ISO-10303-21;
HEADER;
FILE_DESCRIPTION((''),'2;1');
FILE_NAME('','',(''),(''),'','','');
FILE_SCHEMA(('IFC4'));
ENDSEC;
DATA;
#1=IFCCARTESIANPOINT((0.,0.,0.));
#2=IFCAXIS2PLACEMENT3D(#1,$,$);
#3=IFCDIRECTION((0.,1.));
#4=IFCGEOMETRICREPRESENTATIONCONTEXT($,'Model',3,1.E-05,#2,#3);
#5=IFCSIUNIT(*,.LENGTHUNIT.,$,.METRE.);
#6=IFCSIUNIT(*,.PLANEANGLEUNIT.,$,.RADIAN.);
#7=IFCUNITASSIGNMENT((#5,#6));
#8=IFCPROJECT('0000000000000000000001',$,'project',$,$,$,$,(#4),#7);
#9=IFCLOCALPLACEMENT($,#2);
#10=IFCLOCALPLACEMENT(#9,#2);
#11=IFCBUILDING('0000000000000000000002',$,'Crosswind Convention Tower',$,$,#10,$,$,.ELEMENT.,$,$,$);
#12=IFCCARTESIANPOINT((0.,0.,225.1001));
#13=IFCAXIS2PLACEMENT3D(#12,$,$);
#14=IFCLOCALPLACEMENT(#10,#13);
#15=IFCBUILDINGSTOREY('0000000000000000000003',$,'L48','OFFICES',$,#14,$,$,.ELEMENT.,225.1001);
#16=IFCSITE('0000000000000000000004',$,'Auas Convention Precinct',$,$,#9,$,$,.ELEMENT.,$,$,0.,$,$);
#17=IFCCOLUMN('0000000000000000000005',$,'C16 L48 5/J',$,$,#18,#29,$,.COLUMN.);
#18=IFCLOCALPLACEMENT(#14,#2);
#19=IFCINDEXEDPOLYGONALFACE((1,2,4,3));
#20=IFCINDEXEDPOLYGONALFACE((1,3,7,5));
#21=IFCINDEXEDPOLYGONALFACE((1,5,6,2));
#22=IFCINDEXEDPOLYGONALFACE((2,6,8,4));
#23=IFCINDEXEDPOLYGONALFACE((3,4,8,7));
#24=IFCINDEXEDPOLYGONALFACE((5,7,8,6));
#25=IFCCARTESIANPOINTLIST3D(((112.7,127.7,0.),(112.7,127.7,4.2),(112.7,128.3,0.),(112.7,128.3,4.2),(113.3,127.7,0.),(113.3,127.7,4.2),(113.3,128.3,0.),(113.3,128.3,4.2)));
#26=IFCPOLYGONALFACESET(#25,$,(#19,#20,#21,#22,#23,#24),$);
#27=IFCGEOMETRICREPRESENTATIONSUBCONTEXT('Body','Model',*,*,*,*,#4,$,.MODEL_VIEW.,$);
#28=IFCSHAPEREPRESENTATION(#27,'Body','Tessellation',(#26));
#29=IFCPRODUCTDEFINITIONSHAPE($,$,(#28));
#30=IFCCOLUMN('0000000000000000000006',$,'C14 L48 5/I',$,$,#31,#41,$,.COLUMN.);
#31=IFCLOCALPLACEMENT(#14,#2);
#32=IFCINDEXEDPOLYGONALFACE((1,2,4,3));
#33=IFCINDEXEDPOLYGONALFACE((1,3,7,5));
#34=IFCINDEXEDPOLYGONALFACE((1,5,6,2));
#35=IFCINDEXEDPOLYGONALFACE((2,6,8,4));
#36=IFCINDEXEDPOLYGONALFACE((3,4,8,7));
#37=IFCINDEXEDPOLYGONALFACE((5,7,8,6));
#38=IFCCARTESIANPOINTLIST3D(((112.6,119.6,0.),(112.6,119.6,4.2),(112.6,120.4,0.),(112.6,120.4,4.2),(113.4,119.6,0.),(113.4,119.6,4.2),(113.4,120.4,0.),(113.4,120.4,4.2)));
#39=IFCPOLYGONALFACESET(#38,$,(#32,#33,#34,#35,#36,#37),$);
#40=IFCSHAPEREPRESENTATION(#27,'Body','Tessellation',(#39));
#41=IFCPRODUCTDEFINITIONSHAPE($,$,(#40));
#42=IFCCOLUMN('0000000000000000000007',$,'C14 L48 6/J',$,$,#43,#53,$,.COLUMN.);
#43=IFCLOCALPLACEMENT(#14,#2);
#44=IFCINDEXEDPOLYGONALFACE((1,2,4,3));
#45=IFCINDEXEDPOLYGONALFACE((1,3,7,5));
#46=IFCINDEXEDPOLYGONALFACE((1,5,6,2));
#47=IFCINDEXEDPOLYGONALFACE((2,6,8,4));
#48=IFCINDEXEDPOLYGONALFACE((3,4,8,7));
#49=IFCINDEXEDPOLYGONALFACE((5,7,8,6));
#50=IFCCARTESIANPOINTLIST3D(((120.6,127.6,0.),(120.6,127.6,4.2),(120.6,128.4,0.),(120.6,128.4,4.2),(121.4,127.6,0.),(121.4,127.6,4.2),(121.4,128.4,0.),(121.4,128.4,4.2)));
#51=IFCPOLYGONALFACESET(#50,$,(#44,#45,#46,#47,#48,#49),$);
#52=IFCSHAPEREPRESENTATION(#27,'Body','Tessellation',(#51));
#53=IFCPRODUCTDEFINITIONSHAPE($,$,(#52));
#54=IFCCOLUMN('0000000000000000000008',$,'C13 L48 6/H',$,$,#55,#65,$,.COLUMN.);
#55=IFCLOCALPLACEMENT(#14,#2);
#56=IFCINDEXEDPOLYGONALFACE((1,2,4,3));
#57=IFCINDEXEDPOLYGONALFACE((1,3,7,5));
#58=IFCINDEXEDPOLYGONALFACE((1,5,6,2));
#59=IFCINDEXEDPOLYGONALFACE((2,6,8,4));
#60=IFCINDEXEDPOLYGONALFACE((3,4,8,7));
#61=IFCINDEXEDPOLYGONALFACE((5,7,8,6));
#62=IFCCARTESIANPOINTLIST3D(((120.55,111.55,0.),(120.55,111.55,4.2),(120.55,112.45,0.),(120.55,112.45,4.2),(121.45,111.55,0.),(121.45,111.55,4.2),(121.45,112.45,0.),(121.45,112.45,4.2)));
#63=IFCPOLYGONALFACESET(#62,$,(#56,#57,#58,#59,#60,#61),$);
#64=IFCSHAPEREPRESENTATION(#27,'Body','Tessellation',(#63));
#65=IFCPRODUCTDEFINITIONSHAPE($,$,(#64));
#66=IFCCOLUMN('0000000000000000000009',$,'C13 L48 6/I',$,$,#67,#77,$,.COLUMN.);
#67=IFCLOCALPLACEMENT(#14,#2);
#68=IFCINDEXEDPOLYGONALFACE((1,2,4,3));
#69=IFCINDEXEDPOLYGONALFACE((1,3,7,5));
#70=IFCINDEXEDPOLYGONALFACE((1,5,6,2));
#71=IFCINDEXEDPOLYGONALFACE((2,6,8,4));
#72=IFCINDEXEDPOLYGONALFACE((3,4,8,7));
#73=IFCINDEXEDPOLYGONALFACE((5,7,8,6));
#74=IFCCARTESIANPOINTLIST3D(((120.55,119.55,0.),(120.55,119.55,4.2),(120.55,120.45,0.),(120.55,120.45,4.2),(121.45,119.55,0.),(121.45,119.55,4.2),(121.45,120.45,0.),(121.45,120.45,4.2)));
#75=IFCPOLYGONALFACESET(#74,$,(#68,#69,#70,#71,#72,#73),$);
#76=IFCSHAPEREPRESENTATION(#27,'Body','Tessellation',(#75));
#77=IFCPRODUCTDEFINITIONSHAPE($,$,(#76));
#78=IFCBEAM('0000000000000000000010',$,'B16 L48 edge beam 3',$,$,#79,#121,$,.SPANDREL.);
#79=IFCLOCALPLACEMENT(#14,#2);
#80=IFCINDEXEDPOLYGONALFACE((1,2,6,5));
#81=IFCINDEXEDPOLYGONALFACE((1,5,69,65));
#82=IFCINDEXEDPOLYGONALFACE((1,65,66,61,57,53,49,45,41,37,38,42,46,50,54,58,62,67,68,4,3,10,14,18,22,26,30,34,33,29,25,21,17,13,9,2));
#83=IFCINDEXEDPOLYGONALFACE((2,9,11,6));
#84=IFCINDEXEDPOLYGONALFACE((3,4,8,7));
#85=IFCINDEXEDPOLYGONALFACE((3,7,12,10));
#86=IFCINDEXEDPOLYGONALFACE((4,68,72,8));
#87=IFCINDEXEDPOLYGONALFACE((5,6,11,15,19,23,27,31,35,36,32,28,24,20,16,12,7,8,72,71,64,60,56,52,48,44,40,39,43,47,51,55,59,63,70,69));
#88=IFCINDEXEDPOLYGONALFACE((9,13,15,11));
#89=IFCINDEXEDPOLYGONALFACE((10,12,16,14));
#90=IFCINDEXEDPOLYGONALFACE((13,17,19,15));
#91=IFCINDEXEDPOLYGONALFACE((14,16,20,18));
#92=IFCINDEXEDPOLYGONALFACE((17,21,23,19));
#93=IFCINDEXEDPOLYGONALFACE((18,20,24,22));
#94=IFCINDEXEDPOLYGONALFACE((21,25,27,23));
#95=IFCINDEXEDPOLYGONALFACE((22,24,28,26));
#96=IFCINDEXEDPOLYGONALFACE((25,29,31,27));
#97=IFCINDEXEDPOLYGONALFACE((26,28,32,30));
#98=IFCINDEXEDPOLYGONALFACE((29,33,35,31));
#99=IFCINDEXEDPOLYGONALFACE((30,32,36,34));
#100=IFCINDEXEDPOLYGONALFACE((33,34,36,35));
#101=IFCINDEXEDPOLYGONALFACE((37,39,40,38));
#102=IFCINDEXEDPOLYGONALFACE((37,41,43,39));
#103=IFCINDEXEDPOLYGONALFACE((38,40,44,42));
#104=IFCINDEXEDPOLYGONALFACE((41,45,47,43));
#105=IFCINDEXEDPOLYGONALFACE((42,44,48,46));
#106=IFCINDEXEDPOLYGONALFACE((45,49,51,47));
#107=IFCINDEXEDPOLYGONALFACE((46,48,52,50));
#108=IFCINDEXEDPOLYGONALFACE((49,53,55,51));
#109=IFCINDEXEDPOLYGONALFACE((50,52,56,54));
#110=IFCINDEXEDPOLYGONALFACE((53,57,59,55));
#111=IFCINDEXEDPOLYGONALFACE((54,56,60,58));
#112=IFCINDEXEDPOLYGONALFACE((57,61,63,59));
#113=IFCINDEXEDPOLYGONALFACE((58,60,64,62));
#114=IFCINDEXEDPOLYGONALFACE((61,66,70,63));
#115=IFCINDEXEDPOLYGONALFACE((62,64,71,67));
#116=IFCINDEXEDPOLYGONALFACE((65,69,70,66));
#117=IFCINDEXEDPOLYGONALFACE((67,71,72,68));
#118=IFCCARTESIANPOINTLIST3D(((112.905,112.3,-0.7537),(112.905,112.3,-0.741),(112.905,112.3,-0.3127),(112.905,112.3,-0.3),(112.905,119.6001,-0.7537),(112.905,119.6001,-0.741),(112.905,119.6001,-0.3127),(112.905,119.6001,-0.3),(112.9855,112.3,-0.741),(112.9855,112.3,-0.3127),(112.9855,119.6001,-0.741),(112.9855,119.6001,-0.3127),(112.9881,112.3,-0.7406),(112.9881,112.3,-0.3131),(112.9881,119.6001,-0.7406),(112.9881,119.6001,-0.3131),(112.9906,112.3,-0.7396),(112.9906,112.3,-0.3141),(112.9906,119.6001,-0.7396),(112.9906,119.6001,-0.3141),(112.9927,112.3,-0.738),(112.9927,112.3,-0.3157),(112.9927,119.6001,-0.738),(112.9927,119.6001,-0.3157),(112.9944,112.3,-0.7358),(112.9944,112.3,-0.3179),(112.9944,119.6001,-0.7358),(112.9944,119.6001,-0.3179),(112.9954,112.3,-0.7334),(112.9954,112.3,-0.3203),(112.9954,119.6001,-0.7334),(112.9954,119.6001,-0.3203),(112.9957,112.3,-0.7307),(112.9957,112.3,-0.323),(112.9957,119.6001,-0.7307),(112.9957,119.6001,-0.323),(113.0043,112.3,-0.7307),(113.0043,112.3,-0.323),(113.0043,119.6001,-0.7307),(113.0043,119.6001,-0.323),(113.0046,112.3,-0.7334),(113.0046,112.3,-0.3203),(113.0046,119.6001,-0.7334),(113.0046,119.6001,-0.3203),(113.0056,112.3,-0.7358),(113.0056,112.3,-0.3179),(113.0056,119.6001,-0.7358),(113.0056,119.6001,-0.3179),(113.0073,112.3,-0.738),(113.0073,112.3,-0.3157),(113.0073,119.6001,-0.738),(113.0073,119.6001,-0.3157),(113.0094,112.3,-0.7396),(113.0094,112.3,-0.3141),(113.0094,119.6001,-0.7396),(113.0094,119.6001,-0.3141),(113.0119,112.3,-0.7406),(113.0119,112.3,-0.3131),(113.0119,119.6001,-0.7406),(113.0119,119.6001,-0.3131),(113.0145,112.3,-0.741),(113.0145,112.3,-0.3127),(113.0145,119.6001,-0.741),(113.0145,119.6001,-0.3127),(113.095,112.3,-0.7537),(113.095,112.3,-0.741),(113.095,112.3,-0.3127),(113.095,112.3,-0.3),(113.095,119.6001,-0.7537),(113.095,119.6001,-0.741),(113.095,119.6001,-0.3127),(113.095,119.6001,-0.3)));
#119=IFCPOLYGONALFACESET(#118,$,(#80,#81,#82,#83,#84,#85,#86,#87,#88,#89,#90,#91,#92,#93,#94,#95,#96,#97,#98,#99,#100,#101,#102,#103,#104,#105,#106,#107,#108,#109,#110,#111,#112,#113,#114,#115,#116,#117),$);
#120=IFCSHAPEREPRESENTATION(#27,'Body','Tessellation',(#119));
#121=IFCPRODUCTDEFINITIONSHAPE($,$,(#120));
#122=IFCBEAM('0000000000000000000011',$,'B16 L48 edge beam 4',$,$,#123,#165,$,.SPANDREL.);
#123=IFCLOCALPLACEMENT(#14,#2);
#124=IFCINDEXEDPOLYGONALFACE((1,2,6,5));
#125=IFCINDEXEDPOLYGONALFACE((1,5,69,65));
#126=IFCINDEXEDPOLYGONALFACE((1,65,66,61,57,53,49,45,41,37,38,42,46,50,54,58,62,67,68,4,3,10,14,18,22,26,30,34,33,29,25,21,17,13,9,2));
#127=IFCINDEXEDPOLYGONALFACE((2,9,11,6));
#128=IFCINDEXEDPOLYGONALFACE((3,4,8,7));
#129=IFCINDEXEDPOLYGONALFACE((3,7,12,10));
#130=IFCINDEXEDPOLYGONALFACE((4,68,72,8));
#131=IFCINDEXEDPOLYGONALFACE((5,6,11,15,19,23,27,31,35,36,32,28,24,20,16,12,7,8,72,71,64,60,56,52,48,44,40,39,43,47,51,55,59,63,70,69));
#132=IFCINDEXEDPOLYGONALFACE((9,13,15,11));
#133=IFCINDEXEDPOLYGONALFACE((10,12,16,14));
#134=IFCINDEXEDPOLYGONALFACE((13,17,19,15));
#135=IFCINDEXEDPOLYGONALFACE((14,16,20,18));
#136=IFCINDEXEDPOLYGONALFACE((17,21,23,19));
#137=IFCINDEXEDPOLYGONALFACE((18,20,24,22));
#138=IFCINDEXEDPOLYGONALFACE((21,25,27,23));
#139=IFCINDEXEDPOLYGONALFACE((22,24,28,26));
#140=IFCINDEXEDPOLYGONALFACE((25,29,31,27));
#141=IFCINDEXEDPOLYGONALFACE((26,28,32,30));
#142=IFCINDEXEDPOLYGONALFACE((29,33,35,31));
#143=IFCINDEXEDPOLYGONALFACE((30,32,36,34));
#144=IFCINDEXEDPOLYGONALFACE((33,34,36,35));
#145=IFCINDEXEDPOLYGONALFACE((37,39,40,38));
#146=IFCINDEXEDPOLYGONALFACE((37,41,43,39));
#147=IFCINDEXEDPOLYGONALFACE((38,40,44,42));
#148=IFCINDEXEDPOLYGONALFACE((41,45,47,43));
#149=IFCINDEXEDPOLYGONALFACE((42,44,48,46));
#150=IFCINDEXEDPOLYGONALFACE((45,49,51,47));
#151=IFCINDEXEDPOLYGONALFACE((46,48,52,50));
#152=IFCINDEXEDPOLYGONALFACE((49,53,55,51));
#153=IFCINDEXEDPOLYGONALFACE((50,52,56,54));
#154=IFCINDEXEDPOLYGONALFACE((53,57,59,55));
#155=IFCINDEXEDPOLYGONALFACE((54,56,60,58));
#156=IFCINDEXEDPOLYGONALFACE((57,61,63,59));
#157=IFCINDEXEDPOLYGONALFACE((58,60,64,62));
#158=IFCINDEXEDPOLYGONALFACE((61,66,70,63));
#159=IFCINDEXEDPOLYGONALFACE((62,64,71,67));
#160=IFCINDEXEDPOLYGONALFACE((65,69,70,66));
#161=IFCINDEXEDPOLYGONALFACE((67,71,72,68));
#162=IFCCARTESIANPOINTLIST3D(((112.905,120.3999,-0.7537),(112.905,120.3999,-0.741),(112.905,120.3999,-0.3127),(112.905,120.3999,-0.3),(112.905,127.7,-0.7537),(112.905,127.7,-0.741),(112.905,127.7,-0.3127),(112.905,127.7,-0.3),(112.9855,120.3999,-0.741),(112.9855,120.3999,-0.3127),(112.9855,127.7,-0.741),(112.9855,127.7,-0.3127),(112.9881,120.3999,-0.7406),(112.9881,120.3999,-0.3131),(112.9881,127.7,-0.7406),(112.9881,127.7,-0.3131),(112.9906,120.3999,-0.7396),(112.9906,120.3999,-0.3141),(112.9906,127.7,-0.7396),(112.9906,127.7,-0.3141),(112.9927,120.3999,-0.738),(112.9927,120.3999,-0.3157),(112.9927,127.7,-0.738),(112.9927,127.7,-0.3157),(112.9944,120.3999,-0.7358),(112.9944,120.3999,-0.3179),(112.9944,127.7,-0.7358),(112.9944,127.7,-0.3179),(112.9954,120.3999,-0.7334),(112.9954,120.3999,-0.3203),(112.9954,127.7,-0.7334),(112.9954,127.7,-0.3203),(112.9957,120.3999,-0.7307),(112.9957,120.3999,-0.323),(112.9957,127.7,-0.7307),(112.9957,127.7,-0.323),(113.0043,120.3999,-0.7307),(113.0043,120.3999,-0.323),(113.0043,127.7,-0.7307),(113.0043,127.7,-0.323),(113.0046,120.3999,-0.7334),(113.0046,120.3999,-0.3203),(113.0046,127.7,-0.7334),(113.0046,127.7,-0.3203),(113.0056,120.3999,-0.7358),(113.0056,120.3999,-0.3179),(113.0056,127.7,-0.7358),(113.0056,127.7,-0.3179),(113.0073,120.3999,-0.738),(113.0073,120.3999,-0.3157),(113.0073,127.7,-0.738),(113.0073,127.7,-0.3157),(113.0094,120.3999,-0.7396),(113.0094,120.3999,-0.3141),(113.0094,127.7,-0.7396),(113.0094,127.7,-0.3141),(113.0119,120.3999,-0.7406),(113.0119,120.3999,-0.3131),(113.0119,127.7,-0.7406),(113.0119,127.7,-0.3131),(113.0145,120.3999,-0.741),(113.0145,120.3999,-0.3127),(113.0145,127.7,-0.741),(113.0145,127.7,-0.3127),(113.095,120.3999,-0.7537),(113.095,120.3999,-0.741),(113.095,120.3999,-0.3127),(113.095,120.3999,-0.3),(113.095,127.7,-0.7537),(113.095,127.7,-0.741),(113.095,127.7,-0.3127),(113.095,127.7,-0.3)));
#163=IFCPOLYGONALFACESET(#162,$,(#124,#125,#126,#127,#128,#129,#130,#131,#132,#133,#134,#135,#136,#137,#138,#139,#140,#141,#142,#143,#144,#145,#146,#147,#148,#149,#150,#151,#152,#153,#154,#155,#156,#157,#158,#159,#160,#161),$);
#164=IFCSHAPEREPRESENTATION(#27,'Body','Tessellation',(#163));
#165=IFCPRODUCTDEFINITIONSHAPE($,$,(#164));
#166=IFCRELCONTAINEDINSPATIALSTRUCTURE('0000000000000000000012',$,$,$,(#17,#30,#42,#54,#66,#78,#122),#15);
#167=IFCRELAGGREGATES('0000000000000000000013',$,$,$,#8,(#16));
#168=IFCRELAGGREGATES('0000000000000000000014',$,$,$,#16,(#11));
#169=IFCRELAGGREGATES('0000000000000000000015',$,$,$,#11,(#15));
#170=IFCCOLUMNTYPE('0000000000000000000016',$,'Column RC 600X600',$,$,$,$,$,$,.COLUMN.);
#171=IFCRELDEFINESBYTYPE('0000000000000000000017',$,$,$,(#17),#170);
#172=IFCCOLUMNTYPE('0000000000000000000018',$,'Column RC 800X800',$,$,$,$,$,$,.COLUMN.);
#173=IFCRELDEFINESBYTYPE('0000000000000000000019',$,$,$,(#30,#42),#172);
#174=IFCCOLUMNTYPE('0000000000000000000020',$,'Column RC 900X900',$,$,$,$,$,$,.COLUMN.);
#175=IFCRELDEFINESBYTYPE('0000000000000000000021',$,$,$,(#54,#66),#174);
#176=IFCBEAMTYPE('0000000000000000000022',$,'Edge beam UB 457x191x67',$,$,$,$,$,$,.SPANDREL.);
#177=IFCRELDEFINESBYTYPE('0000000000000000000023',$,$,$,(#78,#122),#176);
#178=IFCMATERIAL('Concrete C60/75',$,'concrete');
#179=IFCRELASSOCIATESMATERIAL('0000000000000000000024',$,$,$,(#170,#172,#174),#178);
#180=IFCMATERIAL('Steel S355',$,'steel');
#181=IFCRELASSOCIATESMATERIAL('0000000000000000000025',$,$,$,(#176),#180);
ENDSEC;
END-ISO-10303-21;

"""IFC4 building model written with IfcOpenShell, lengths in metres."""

from ifc_helpers import new_model, si_unit, direction, frame, origin, origin_2d, place, context, subcontext, project, spatial, rectangle, i_section, extrude, material, material_profile, profile_set, type_object, element, save


model = new_model("IFC4")

# Units and contexts
model_context = context("Model", 3, precision=1e-05, world=origin(), true_north=direction((0.0, 1.0)))
body_context = subcontext(model_context, "Body", "Model", "MODEL_VIEW")
ifc_project = project(units=[si_unit("LENGTHUNIT", "METRE"), si_unit("PLANEANGLEUNIT", "RADIAN")], contexts=[model_context])

# Site, building, storey
site_placement = place(None, origin())
site = spatial("IfcSite", under=ifc_project, at=site_placement, Name="Auas Convention Precinct", CompositionType="ELEMENT", RefElevation=0.0)
building_placement = place(site_placement, origin())
building = spatial("IfcBuilding", under=site, at=building_placement, Name="Crosswind Convention Tower", CompositionType="ELEMENT")
storey_placement = place(building_placement, frame((0.0, 0.0, 225.1001)))
storey = spatial("IfcBuildingStorey", under=building, at=storey_placement, Name="L48", Description="OFFICES", CompositionType="ELEMENT", Elevation=225.1001)

# Columns
ifc_material_1 = material(Name="Concrete C60/75", Category="concrete")
ifc_material_profile_1 = material_profile(ifc_material_1, rectangle(XDim=0.6001, YDim=0.6001, at=origin_2d()), Name="RC 600X600")
ifc_profile_set_1 = profile_set([ifc_material_profile_1], Name="Concrete C60/75")
column_type_1 = type_object("IfcColumnType", Name="Column RC 600X600", PredefinedType="COLUMN", material=ifc_profile_set_1)
column_placement = place(storey_placement, frame((113.0, 128.0, 0.0), z_axis=(0.0, 0.0, 1.0), x_axis=(1.0, 0.0, 0.0)))
element("IfcColumn", 1, at=column_placement, inside=storey, type_object=column_type_1, Name="C16 L48 5/J", PredefinedType="COLUMN", context=body_context, shape_type="SweptSolid", body=[
    extrude(rectangle(XDim=0.6001, YDim=0.6001, at=origin_2d()), origin(), (0.0, 0.0, 1.0), 4.2),
])
ifc_material_profile_2 = material_profile(ifc_material_1, rectangle(XDim=0.8, YDim=0.8, at=origin_2d()), Name="RC 800X800")
ifc_profile_set_2 = profile_set([ifc_material_profile_2], Name="Concrete C60/75")
column_type_2 = type_object("IfcColumnType", Name="Column RC 800X800", PredefinedType="COLUMN", material=ifc_profile_set_2)
for number, where, z_axis, x_axis, name in (
    (2, (113.0, 120.0, 0.0), (0.0, 0.0, 1.0), (1.0, 0.0, 0.0), "C14 L48 5/I"),
    (3, (121.0, 128.0, 0.0), (0.0, 0.0, 1.0), (1.0, 0.0, 0.0), "C14 L48 6/J"),
):
    element("IfcColumn", number, at=place(storey_placement, frame(where, z_axis=z_axis, x_axis=x_axis)), inside=storey, type_object=column_type_2, Name=name, PredefinedType="COLUMN", context=body_context, shape_type="SweptSolid", body=[
        extrude(rectangle(XDim=0.8, YDim=0.8, at=origin_2d()), origin(), (0.0, 0.0, 1.0), 4.2),
    ])
ifc_material_profile_3 = material_profile(ifc_material_1, rectangle(XDim=0.8999, YDim=0.8999, at=origin_2d()), Name="RC 900X900")
ifc_profile_set_3 = profile_set([ifc_material_profile_3], Name="Concrete C60/75")
column_type_3 = type_object("IfcColumnType", Name="Column RC 900X900", PredefinedType="COLUMN", material=ifc_profile_set_3)
for number, where, z_axis, x_axis, name in (
    (4, (121.0, 112.0, 0.0), (0.0, 0.0, 1.0), (1.0, 0.0, 0.0), "C13 L48 6/H"),
    (5, (121.0, 120.0, 0.0), (0.0, 0.0, 1.0), (1.0, 0.0, 0.0), "C13 L48 6/I"),
):
    element("IfcColumn", number, at=place(storey_placement, frame(where, z_axis=z_axis, x_axis=x_axis)), inside=storey, type_object=column_type_3, Name=name, PredefinedType="COLUMN", context=body_context, shape_type="SweptSolid", body=[
        extrude(rectangle(XDim=0.8999, YDim=0.8999, at=origin_2d()), origin(), (0.0, 0.0, 1.0), 4.2),
    ])

# Beams
ifc_material_2 = material(Name="Steel S355", Category="steel")
ifc_material_profile_4 = material_profile(ifc_material_2, i_section(OverallWidth=0.1899, OverallDepth=0.4536, WebThickness=0.0085, FlangeThickness=0.0127, FilletRadius=0.0103, at=origin_2d()), Name="UB 457x191x67")
ifc_profile_set_4 = profile_set([ifc_material_profile_4], Name="Steel S355")
beam_type_1 = type_object("IfcBeamType", Name="Edge beam UB 457x191x67", PredefinedType="SPANDREL", material=ifc_profile_set_4)
for number, where, z_axis, x_axis, name in (
    (6, (113.0, 112.3, -0.5269), (0.0, 1.0, 0.0), (-1.0, 0.0, 0.0), "B16 L48 edge beam 3"),
    (7, (113.0, 120.3999, -0.5269), (0.0, 1.0, 0.0), (-1.0, 0.0, 0.0), "B16 L48 edge beam 4"),
):
    element("IfcBeam", number, at=place(storey_placement, frame(where, z_axis=z_axis, x_axis=x_axis)), inside=storey, type_object=beam_type_1, Name=name, PredefinedType="SPANDREL", context=body_context, shape_type="SweptSolid", body=[
        extrude(i_section(OverallWidth=0.1899, OverallDepth=0.4536, WebThickness=0.0085, FlangeThickness=0.0127, FilletRadius=0.0103, at=origin_2d()), origin(), (0.0, 0.0, 1.0), 7.3),
    ])

save(model, "model.ifc")
